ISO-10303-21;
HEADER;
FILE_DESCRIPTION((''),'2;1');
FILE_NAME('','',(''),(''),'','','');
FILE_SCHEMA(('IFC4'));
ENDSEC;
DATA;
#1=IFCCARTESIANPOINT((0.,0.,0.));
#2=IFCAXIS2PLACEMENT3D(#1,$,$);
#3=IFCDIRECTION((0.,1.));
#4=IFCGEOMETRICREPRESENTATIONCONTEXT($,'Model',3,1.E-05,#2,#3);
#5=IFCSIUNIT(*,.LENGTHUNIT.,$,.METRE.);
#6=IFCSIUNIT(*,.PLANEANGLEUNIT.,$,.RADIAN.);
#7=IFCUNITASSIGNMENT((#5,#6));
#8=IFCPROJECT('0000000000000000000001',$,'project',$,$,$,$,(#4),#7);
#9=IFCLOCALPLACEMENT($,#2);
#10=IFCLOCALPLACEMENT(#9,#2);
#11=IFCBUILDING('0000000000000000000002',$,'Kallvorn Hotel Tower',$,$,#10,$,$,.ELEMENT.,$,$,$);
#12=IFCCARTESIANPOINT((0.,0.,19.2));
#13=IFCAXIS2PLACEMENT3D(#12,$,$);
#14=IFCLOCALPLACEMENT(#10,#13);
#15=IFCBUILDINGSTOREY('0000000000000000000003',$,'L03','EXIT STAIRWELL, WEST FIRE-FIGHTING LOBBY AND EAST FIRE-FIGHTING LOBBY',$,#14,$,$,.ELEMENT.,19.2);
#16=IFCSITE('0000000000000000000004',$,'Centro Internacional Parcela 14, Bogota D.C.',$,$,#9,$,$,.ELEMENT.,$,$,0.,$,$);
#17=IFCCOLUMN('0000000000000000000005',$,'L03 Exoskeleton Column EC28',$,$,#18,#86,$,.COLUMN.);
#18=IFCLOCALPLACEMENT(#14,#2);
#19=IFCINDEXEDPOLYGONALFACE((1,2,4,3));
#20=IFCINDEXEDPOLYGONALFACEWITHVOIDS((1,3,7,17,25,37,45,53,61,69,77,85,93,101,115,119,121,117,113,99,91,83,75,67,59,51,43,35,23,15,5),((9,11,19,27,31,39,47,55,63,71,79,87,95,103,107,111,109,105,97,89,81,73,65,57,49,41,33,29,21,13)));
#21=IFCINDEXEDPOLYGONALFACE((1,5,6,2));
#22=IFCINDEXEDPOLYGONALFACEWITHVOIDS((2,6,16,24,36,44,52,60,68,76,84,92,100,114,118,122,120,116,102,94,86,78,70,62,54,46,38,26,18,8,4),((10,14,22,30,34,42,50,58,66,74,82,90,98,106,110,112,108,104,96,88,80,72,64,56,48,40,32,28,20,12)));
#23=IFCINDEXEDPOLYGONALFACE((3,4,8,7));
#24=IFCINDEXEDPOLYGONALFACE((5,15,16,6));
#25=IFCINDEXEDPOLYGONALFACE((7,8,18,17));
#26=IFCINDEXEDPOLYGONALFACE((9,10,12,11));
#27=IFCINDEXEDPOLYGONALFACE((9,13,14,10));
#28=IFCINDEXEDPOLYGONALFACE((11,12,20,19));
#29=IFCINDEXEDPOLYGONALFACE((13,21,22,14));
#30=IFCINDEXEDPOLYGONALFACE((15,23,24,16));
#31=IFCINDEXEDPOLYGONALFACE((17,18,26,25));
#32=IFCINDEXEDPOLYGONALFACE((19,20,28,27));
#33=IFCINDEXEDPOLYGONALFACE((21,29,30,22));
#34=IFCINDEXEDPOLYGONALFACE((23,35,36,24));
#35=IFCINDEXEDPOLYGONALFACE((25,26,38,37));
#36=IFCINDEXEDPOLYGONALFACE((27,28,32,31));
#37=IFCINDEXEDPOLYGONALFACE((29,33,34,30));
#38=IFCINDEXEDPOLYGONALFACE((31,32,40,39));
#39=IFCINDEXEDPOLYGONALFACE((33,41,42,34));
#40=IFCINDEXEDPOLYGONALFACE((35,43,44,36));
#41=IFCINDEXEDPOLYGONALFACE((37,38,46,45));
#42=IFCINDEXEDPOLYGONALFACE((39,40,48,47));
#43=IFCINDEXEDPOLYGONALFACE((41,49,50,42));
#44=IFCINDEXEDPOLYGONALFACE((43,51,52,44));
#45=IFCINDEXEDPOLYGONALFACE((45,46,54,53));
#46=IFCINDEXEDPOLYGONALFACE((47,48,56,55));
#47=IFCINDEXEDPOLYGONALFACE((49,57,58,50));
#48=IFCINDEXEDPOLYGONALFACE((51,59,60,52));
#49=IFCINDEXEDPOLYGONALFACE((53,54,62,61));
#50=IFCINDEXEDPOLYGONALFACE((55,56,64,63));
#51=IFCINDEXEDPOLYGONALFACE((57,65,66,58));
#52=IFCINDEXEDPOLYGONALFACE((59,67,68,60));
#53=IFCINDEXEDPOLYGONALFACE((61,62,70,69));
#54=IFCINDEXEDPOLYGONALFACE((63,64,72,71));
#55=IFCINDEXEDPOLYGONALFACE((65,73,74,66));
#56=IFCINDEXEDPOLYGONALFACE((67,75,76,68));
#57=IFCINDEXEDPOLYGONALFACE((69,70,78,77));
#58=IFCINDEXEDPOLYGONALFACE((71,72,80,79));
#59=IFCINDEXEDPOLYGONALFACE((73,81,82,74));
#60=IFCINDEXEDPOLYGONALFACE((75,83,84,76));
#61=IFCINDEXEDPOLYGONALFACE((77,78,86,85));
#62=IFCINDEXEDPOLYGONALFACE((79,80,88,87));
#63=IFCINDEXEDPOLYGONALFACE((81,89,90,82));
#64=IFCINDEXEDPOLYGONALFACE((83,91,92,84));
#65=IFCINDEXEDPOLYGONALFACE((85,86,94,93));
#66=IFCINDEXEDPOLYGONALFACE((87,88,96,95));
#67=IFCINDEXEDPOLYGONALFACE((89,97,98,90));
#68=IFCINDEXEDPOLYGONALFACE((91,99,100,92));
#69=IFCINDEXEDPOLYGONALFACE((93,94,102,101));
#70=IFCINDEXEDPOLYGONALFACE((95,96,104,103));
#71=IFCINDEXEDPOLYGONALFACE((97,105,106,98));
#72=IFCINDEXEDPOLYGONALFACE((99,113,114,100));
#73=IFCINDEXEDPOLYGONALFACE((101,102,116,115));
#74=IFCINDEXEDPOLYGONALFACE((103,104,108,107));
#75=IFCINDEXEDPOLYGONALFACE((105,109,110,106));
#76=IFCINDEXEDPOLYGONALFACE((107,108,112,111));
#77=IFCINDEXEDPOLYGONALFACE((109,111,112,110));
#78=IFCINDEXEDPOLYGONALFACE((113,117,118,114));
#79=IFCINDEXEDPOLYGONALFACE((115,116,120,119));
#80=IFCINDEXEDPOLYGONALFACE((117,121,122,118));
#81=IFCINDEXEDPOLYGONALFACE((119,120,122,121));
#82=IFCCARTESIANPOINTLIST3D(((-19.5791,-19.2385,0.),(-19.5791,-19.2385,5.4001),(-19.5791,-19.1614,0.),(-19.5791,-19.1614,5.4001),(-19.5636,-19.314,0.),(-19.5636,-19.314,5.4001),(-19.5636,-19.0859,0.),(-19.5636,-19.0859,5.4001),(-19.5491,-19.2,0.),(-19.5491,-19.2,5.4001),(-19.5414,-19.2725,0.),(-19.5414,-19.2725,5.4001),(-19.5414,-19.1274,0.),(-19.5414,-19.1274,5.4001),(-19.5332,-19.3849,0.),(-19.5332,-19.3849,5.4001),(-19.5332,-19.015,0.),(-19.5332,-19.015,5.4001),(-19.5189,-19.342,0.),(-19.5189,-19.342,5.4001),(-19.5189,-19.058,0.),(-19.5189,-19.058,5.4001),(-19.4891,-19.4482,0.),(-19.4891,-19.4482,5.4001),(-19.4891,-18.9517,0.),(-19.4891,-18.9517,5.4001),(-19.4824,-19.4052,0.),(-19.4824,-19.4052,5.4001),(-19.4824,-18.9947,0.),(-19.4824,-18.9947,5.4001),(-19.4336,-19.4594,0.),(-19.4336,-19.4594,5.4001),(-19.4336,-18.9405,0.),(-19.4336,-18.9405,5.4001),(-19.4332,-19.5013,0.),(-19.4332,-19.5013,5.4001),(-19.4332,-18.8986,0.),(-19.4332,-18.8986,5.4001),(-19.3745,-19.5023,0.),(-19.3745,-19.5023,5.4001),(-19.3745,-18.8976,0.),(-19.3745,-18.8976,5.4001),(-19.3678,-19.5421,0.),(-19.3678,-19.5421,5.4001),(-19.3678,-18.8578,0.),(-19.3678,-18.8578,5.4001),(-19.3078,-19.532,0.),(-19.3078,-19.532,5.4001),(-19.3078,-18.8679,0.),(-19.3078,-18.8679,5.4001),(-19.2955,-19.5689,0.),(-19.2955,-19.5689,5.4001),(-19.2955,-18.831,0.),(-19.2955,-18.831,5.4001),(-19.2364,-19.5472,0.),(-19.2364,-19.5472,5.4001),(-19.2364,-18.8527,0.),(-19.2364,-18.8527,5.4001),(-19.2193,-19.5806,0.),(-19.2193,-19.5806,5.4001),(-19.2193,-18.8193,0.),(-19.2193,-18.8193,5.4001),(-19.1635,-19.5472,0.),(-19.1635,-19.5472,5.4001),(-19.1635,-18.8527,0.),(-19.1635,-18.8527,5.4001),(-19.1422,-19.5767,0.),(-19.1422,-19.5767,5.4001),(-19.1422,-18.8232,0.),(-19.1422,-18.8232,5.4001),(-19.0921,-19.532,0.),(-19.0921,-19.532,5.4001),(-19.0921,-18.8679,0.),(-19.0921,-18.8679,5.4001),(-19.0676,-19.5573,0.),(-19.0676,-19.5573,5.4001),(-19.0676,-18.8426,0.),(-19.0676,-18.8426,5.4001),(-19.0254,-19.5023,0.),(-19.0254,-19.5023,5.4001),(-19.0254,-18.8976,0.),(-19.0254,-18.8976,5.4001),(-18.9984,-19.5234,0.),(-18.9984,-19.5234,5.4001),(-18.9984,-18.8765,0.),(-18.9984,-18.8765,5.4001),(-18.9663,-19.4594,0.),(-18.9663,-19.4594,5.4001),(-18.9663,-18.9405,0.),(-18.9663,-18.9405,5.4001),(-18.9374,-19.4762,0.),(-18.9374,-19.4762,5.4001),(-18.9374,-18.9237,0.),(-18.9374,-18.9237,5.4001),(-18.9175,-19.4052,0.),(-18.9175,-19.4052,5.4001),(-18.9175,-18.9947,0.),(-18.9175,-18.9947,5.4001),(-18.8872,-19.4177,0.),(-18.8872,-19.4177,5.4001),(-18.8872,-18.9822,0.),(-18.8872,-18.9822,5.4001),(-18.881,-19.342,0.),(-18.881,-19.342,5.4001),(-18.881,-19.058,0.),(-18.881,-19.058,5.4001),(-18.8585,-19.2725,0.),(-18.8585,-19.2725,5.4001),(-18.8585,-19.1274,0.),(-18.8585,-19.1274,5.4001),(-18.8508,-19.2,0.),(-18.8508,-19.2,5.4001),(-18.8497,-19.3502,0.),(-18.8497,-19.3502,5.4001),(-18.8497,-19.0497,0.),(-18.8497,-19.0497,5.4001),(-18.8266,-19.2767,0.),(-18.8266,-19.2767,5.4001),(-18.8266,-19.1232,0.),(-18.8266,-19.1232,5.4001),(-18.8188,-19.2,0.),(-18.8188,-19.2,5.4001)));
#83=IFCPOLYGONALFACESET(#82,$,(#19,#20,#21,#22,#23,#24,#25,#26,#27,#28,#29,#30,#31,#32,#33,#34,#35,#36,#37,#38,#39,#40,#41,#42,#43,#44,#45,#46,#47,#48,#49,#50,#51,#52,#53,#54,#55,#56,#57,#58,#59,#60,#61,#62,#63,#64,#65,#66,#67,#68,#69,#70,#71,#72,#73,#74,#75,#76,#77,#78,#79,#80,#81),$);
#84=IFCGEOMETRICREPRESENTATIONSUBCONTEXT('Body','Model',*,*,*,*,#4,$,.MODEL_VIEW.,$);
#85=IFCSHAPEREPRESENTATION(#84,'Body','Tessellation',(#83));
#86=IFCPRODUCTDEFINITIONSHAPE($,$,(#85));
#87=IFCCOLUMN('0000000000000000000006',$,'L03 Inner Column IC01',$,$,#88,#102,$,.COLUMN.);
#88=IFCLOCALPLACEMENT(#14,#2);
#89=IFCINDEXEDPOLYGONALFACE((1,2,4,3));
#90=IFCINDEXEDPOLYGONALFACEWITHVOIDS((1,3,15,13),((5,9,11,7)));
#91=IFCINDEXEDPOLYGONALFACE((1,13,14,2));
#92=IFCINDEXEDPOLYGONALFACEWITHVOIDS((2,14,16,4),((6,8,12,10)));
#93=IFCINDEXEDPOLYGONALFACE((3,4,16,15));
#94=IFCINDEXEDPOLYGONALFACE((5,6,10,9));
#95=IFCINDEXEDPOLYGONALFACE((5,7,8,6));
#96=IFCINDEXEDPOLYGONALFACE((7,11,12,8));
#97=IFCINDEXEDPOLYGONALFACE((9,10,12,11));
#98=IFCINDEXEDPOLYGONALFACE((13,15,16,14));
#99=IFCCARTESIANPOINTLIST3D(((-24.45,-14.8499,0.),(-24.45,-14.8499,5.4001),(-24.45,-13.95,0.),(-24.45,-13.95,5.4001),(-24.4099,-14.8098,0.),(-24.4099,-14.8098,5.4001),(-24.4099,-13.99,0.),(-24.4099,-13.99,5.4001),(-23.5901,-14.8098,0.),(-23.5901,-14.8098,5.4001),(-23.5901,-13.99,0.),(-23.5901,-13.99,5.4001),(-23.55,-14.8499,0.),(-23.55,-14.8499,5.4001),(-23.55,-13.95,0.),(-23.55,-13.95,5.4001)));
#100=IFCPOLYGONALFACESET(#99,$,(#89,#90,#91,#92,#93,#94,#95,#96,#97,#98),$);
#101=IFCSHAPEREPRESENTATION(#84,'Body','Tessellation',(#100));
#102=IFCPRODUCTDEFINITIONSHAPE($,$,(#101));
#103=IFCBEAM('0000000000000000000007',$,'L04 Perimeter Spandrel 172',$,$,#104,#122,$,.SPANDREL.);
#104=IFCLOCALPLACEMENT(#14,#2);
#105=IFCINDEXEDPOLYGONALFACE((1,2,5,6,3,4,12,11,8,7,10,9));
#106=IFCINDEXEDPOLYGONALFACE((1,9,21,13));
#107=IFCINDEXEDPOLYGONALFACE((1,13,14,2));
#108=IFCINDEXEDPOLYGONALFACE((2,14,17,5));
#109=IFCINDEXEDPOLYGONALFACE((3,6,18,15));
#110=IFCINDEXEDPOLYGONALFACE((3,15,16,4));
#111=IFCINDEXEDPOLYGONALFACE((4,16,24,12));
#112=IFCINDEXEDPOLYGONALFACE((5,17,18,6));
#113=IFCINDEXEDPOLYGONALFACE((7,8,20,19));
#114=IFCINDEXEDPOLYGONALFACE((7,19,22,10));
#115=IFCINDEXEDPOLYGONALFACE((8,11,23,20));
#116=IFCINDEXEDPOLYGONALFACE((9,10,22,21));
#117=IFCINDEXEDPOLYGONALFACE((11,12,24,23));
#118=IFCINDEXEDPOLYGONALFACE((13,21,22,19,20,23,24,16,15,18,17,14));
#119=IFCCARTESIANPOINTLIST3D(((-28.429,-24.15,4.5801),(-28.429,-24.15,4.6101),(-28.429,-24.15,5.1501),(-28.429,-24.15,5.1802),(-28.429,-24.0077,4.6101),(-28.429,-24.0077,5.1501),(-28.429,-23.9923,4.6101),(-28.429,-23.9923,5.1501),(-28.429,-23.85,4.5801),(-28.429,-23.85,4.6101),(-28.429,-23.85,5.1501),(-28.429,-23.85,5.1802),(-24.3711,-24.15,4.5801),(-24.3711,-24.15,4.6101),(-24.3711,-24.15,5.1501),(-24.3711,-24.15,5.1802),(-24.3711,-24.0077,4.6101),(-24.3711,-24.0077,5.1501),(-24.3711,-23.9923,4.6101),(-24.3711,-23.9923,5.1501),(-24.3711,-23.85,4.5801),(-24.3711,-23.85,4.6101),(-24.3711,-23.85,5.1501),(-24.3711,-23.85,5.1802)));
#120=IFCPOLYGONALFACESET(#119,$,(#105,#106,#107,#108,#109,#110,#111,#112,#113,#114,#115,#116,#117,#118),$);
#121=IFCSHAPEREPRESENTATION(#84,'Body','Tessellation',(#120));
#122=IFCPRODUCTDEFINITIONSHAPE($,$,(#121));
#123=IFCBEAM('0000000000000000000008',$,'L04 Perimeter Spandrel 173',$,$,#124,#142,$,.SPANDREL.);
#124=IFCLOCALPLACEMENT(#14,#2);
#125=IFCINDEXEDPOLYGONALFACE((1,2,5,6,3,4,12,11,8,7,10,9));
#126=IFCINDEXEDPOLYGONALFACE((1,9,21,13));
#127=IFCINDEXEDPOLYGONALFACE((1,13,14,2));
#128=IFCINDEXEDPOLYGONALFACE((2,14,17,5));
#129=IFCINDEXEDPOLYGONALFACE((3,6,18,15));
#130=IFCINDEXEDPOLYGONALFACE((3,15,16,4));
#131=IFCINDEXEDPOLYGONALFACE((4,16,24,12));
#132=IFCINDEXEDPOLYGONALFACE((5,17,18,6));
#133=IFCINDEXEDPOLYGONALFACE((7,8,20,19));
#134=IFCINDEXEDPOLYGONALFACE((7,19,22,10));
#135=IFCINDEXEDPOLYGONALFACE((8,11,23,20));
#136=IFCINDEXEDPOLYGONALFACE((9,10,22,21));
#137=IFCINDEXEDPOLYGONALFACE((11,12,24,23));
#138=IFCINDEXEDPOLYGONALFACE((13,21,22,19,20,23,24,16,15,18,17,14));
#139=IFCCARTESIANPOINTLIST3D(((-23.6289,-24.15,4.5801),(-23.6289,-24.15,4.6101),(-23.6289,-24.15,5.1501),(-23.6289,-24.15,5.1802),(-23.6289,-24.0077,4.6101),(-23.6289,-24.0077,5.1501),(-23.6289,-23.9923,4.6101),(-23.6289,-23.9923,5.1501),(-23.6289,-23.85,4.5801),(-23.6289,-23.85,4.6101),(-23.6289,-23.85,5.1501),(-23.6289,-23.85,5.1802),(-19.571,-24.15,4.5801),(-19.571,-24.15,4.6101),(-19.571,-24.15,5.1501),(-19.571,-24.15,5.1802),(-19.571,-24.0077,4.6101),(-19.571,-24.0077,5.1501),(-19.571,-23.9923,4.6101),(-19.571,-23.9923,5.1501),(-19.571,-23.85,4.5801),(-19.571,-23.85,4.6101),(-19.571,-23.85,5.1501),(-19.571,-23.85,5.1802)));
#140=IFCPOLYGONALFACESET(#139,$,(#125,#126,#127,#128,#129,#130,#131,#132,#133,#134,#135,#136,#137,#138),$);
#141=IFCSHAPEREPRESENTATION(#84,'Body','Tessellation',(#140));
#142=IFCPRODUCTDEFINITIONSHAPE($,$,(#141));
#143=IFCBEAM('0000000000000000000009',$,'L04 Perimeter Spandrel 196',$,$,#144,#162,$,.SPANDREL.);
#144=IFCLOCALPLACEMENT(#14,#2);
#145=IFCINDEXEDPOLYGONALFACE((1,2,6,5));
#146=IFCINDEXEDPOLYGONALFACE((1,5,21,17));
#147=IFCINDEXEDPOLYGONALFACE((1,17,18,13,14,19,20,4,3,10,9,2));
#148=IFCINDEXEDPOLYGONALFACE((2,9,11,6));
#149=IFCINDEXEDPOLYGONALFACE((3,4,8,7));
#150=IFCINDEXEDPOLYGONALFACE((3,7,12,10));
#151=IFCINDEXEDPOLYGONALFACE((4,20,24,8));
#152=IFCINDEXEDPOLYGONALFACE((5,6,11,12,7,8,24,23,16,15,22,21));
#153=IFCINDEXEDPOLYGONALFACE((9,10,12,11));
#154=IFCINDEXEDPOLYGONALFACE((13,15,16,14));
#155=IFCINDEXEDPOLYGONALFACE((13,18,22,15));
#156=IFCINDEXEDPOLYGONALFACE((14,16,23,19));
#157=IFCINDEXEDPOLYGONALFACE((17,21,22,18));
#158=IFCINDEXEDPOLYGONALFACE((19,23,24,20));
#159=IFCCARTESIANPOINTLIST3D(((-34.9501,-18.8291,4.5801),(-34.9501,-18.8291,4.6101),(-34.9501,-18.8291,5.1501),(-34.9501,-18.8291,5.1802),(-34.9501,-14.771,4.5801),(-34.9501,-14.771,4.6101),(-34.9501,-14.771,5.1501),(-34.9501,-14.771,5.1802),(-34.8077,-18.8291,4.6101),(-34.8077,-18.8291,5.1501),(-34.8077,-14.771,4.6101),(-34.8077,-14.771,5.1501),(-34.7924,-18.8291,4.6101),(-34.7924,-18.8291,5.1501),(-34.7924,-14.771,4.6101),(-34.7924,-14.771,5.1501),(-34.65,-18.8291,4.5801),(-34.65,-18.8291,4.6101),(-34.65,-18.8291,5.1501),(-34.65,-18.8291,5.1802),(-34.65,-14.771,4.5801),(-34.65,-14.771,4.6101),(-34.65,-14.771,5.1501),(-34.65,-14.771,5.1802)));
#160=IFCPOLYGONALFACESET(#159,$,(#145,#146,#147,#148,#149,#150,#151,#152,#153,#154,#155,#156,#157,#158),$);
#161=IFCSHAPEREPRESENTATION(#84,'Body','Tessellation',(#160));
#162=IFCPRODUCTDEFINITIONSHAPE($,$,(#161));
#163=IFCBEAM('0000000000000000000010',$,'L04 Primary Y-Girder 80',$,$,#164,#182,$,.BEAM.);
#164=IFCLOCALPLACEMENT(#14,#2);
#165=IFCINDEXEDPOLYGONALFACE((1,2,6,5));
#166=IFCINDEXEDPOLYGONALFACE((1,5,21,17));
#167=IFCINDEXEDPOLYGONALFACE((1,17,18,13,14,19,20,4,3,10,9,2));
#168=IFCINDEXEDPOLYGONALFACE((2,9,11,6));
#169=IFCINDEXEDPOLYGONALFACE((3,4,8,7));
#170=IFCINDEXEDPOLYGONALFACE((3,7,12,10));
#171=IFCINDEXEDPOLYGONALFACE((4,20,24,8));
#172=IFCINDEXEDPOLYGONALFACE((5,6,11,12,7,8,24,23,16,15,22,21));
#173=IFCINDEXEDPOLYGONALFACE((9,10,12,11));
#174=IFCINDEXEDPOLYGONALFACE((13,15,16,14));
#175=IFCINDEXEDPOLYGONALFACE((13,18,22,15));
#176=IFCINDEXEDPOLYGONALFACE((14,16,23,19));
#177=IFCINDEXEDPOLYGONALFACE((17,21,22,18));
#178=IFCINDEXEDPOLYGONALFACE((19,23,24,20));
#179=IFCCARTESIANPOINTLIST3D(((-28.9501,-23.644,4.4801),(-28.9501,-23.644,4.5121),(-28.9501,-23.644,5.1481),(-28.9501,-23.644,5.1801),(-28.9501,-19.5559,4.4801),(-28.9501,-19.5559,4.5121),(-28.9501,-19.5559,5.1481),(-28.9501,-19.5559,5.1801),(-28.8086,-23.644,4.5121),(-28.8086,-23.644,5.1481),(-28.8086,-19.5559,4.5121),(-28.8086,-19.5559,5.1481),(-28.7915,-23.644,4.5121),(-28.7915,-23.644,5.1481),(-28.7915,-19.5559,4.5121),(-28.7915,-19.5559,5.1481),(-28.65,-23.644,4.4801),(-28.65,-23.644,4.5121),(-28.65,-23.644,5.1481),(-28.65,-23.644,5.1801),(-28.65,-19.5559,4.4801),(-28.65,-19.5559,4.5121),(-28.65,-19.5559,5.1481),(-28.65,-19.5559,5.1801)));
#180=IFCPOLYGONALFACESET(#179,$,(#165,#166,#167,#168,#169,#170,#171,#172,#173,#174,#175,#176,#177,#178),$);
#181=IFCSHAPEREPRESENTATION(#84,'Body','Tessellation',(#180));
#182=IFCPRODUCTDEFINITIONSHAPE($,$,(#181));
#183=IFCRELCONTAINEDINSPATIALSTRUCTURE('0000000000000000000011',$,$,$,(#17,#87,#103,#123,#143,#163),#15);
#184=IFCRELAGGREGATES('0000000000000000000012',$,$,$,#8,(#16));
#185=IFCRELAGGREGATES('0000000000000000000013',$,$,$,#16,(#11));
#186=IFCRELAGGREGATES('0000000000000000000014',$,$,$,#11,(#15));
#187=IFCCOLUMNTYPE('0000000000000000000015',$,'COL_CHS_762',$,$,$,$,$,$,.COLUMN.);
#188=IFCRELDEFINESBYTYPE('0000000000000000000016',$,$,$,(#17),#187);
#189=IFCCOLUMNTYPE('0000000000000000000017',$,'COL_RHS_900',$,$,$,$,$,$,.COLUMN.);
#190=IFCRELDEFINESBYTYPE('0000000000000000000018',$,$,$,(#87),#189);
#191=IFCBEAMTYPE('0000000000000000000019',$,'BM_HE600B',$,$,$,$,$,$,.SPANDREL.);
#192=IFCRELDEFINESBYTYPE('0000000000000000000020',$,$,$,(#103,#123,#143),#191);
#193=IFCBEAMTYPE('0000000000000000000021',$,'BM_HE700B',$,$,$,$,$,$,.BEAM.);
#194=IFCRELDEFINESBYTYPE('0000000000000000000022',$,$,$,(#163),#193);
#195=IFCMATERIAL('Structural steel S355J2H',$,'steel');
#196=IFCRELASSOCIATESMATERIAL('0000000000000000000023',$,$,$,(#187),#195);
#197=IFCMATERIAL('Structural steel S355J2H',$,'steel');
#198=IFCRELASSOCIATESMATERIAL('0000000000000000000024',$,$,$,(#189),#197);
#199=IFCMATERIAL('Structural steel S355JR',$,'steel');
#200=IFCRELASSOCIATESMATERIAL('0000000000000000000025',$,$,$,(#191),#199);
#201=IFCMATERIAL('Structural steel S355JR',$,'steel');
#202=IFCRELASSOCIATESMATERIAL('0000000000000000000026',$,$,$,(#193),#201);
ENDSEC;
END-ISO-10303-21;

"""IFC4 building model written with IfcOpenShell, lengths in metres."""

from ifc_helpers import new_model, si_unit, direction, frame, origin, origin_2d, place, context, subcontext, project, spatial, hollow_rectangle, hollow_circle, i_section, extrude, material, material_profile, profile_set, type_object, element, save


model = new_model("IFC4")

# Units and contexts
model_context = context("Model", 3, precision=1e-05, world=origin(), true_north=direction((0.0, 1.0)))
body_context = subcontext(model_context, "Body", "Model", "MODEL_VIEW")
ifc_project = project(units=[si_unit("LENGTHUNIT", "METRE"), si_unit("PLANEANGLEUNIT", "RADIAN")], contexts=[model_context])

# Site, building, storey
site_placement = place(None, origin())
site = spatial("IfcSite", under=ifc_project, at=site_placement, Name="Centro Internacional Parcela 14, Bogota D.C.", CompositionType="ELEMENT", RefElevation=0.0)
building_placement = place(site_placement, origin())
building = spatial("IfcBuilding", under=site, at=building_placement, Name="Kallvorn Hotel Tower", CompositionType="ELEMENT")
storey_placement = place(building_placement, frame((0.0, 0.0, 19.2)))
storey = spatial("IfcBuildingStorey", under=building, at=storey_placement, Name="L03", Description="EXIT STAIRWELL, WEST FIRE-FIGHTING LOBBY AND EAST FIRE-FIGHTING LOBBY", CompositionType="ELEMENT", Elevation=19.2)

# Columns
ifc_material_1 = material(Name="Structural steel S355J2H", Category="steel")
ifc_material_profile_1 = material_profile(ifc_material_1, hollow_circle(Radius=0.3811, WallThickness=0.032, at=origin_2d()), Name="CHS 762x32")
ifc_profile_set_1 = profile_set([ifc_material_profile_1], Name="Structural steel S355J2H")
column_type_1 = type_object("IfcColumnType", Name="COL_CHS_762", PredefinedType="COLUMN", material=ifc_profile_set_1)
for number, where, z_axis, x_axis, name in (
    (1, (-19.2, -19.2, 0.0), (0.0, 0.0, 1.0), (1.0, 0.0, 0.0), "L03 Exoskeleton Column EC28"),
):
    element("IfcColumn", number, at=place(storey_placement, frame(where, z_axis=z_axis, x_axis=x_axis)), inside=storey, type_object=column_type_1, Name=name, PredefinedType="COLUMN", context=body_context, shape_type="SweptSolid", body=[
        extrude(hollow_circle(Radius=0.3811, WallThickness=0.032, at=origin_2d()), origin(), (0.0, 0.0, 1.0), 5.4001),
    ])
ifc_material_2 = material(Name="Structural steel S355J2H", Category="steel")
ifc_material_profile_2 = material_profile(ifc_material_2, hollow_rectangle(XDim=0.8999, YDim=0.8999, WallThickness=0.04, at=origin_2d()), Name="RHS 900x900x40")
ifc_profile_set_2 = profile_set([ifc_material_profile_2], Name="Structural steel S355J2H")
column_type_2 = type_object("IfcColumnType", Name="COL_RHS_900", PredefinedType="COLUMN", material=ifc_profile_set_2)
column_placement = place(storey_placement, frame((-24.0, -14.3999, 0.0), z_axis=(0.0, 0.0, 1.0), x_axis=(1.0, 0.0, 0.0)))
element("IfcColumn", 2, at=column_placement, inside=storey, type_object=column_type_2, Name="L03 Inner Column IC01", PredefinedType="COLUMN", context=body_context, shape_type="SweptSolid", body=[
    extrude(hollow_rectangle(XDim=0.8999, YDim=0.8999, WallThickness=0.04, at=origin_2d()), origin(), (0.0, 0.0, 1.0), 5.4001),
])

# Beams
ifc_material_3 = material(Name="Structural steel S355JR", Category="steel")
ifc_material_profile_3 = material_profile(ifc_material_3, i_section(OverallWidth=0.3, OverallDepth=0.6001, WebThickness=0.0154, FlangeThickness=0.03, at=origin_2d()), Name="HE 600 B")
ifc_profile_set_3 = profile_set([ifc_material_profile_3], Name="Structural steel S355JR")
beam_type_1 = type_object("IfcBeamType", Name="BM_HE600B", PredefinedType="SPANDREL", material=ifc_profile_set_3)
for number, where, z_axis, x_axis, name in (
    (3, (-28.429, -24.0, 4.8801), (1.0, 0.0, 0.0), (0.0, 1.0, 0.0), "L04 Perimeter Spandrel 172"),
    (4, (-23.6289, -24.0, 4.8801), (1.0, 0.0, 0.0), (0.0, 1.0, 0.0), "L04 Perimeter Spandrel 173"),
):
    element("IfcBeam", number, at=place(storey_placement, frame(where, z_axis=z_axis, x_axis=x_axis)), inside=storey, type_object=beam_type_1, Name=name, PredefinedType="SPANDREL", context=body_context, shape_type="SweptSolid", body=[
        extrude(i_section(OverallWidth=0.3, OverallDepth=0.6001, WebThickness=0.0154, FlangeThickness=0.03, at=origin_2d()), origin(), (0.0, 0.0, 1.0), 4.0579),
    ])
beam_1_placement = place(storey_placement, frame((-34.8, -18.8291, 4.8801), z_axis=(0.0, 1.0, 0.0), x_axis=(-1.0, 0.0, 0.0)))
element("IfcBeam", 5, at=beam_1_placement, inside=storey, type_object=beam_type_1, Name="L04 Perimeter Spandrel 196", PredefinedType="SPANDREL", context=body_context, shape_type="SweptSolid", body=[
    extrude(i_section(OverallWidth=0.3, OverallDepth=0.6001, WebThickness=0.0154, FlangeThickness=0.03, at=origin_2d()), origin(), (0.0, 0.0, 1.0), 4.0581),
])
ifc_material_4 = material(Name="Structural steel S355JR", Category="steel")
ifc_material_profile_4 = material_profile(ifc_material_4, i_section(OverallWidth=0.3, OverallDepth=0.7, WebThickness=0.0171, FlangeThickness=0.032, at=origin_2d()), Name="HE 700 B")
ifc_profile_set_4 = profile_set([ifc_material_profile_4], Name="Structural steel S355JR")
beam_type_2 = type_object("IfcBeamType", Name="BM_HE700B", PredefinedType="BEAM", material=ifc_profile_set_4)
beam_2_placement = place(storey_placement, frame((-28.8, -23.644, 4.8301), z_axis=(0.0, 1.0, 0.0), x_axis=(-1.0, 0.0, 0.0)))
element("IfcBeam", 6, at=beam_2_placement, inside=storey, type_object=beam_type_2, Name="L04 Primary Y-Girder 80", PredefinedType="BEAM", context=body_context, shape_type="SweptSolid", body=[
    extrude(i_section(OverallWidth=0.3, OverallDepth=0.7, WebThickness=0.0171, FlangeThickness=0.032, at=origin_2d()), origin(), (0.0, 0.0, 1.0), 4.0881),
])

save(model, "model.ifc")
